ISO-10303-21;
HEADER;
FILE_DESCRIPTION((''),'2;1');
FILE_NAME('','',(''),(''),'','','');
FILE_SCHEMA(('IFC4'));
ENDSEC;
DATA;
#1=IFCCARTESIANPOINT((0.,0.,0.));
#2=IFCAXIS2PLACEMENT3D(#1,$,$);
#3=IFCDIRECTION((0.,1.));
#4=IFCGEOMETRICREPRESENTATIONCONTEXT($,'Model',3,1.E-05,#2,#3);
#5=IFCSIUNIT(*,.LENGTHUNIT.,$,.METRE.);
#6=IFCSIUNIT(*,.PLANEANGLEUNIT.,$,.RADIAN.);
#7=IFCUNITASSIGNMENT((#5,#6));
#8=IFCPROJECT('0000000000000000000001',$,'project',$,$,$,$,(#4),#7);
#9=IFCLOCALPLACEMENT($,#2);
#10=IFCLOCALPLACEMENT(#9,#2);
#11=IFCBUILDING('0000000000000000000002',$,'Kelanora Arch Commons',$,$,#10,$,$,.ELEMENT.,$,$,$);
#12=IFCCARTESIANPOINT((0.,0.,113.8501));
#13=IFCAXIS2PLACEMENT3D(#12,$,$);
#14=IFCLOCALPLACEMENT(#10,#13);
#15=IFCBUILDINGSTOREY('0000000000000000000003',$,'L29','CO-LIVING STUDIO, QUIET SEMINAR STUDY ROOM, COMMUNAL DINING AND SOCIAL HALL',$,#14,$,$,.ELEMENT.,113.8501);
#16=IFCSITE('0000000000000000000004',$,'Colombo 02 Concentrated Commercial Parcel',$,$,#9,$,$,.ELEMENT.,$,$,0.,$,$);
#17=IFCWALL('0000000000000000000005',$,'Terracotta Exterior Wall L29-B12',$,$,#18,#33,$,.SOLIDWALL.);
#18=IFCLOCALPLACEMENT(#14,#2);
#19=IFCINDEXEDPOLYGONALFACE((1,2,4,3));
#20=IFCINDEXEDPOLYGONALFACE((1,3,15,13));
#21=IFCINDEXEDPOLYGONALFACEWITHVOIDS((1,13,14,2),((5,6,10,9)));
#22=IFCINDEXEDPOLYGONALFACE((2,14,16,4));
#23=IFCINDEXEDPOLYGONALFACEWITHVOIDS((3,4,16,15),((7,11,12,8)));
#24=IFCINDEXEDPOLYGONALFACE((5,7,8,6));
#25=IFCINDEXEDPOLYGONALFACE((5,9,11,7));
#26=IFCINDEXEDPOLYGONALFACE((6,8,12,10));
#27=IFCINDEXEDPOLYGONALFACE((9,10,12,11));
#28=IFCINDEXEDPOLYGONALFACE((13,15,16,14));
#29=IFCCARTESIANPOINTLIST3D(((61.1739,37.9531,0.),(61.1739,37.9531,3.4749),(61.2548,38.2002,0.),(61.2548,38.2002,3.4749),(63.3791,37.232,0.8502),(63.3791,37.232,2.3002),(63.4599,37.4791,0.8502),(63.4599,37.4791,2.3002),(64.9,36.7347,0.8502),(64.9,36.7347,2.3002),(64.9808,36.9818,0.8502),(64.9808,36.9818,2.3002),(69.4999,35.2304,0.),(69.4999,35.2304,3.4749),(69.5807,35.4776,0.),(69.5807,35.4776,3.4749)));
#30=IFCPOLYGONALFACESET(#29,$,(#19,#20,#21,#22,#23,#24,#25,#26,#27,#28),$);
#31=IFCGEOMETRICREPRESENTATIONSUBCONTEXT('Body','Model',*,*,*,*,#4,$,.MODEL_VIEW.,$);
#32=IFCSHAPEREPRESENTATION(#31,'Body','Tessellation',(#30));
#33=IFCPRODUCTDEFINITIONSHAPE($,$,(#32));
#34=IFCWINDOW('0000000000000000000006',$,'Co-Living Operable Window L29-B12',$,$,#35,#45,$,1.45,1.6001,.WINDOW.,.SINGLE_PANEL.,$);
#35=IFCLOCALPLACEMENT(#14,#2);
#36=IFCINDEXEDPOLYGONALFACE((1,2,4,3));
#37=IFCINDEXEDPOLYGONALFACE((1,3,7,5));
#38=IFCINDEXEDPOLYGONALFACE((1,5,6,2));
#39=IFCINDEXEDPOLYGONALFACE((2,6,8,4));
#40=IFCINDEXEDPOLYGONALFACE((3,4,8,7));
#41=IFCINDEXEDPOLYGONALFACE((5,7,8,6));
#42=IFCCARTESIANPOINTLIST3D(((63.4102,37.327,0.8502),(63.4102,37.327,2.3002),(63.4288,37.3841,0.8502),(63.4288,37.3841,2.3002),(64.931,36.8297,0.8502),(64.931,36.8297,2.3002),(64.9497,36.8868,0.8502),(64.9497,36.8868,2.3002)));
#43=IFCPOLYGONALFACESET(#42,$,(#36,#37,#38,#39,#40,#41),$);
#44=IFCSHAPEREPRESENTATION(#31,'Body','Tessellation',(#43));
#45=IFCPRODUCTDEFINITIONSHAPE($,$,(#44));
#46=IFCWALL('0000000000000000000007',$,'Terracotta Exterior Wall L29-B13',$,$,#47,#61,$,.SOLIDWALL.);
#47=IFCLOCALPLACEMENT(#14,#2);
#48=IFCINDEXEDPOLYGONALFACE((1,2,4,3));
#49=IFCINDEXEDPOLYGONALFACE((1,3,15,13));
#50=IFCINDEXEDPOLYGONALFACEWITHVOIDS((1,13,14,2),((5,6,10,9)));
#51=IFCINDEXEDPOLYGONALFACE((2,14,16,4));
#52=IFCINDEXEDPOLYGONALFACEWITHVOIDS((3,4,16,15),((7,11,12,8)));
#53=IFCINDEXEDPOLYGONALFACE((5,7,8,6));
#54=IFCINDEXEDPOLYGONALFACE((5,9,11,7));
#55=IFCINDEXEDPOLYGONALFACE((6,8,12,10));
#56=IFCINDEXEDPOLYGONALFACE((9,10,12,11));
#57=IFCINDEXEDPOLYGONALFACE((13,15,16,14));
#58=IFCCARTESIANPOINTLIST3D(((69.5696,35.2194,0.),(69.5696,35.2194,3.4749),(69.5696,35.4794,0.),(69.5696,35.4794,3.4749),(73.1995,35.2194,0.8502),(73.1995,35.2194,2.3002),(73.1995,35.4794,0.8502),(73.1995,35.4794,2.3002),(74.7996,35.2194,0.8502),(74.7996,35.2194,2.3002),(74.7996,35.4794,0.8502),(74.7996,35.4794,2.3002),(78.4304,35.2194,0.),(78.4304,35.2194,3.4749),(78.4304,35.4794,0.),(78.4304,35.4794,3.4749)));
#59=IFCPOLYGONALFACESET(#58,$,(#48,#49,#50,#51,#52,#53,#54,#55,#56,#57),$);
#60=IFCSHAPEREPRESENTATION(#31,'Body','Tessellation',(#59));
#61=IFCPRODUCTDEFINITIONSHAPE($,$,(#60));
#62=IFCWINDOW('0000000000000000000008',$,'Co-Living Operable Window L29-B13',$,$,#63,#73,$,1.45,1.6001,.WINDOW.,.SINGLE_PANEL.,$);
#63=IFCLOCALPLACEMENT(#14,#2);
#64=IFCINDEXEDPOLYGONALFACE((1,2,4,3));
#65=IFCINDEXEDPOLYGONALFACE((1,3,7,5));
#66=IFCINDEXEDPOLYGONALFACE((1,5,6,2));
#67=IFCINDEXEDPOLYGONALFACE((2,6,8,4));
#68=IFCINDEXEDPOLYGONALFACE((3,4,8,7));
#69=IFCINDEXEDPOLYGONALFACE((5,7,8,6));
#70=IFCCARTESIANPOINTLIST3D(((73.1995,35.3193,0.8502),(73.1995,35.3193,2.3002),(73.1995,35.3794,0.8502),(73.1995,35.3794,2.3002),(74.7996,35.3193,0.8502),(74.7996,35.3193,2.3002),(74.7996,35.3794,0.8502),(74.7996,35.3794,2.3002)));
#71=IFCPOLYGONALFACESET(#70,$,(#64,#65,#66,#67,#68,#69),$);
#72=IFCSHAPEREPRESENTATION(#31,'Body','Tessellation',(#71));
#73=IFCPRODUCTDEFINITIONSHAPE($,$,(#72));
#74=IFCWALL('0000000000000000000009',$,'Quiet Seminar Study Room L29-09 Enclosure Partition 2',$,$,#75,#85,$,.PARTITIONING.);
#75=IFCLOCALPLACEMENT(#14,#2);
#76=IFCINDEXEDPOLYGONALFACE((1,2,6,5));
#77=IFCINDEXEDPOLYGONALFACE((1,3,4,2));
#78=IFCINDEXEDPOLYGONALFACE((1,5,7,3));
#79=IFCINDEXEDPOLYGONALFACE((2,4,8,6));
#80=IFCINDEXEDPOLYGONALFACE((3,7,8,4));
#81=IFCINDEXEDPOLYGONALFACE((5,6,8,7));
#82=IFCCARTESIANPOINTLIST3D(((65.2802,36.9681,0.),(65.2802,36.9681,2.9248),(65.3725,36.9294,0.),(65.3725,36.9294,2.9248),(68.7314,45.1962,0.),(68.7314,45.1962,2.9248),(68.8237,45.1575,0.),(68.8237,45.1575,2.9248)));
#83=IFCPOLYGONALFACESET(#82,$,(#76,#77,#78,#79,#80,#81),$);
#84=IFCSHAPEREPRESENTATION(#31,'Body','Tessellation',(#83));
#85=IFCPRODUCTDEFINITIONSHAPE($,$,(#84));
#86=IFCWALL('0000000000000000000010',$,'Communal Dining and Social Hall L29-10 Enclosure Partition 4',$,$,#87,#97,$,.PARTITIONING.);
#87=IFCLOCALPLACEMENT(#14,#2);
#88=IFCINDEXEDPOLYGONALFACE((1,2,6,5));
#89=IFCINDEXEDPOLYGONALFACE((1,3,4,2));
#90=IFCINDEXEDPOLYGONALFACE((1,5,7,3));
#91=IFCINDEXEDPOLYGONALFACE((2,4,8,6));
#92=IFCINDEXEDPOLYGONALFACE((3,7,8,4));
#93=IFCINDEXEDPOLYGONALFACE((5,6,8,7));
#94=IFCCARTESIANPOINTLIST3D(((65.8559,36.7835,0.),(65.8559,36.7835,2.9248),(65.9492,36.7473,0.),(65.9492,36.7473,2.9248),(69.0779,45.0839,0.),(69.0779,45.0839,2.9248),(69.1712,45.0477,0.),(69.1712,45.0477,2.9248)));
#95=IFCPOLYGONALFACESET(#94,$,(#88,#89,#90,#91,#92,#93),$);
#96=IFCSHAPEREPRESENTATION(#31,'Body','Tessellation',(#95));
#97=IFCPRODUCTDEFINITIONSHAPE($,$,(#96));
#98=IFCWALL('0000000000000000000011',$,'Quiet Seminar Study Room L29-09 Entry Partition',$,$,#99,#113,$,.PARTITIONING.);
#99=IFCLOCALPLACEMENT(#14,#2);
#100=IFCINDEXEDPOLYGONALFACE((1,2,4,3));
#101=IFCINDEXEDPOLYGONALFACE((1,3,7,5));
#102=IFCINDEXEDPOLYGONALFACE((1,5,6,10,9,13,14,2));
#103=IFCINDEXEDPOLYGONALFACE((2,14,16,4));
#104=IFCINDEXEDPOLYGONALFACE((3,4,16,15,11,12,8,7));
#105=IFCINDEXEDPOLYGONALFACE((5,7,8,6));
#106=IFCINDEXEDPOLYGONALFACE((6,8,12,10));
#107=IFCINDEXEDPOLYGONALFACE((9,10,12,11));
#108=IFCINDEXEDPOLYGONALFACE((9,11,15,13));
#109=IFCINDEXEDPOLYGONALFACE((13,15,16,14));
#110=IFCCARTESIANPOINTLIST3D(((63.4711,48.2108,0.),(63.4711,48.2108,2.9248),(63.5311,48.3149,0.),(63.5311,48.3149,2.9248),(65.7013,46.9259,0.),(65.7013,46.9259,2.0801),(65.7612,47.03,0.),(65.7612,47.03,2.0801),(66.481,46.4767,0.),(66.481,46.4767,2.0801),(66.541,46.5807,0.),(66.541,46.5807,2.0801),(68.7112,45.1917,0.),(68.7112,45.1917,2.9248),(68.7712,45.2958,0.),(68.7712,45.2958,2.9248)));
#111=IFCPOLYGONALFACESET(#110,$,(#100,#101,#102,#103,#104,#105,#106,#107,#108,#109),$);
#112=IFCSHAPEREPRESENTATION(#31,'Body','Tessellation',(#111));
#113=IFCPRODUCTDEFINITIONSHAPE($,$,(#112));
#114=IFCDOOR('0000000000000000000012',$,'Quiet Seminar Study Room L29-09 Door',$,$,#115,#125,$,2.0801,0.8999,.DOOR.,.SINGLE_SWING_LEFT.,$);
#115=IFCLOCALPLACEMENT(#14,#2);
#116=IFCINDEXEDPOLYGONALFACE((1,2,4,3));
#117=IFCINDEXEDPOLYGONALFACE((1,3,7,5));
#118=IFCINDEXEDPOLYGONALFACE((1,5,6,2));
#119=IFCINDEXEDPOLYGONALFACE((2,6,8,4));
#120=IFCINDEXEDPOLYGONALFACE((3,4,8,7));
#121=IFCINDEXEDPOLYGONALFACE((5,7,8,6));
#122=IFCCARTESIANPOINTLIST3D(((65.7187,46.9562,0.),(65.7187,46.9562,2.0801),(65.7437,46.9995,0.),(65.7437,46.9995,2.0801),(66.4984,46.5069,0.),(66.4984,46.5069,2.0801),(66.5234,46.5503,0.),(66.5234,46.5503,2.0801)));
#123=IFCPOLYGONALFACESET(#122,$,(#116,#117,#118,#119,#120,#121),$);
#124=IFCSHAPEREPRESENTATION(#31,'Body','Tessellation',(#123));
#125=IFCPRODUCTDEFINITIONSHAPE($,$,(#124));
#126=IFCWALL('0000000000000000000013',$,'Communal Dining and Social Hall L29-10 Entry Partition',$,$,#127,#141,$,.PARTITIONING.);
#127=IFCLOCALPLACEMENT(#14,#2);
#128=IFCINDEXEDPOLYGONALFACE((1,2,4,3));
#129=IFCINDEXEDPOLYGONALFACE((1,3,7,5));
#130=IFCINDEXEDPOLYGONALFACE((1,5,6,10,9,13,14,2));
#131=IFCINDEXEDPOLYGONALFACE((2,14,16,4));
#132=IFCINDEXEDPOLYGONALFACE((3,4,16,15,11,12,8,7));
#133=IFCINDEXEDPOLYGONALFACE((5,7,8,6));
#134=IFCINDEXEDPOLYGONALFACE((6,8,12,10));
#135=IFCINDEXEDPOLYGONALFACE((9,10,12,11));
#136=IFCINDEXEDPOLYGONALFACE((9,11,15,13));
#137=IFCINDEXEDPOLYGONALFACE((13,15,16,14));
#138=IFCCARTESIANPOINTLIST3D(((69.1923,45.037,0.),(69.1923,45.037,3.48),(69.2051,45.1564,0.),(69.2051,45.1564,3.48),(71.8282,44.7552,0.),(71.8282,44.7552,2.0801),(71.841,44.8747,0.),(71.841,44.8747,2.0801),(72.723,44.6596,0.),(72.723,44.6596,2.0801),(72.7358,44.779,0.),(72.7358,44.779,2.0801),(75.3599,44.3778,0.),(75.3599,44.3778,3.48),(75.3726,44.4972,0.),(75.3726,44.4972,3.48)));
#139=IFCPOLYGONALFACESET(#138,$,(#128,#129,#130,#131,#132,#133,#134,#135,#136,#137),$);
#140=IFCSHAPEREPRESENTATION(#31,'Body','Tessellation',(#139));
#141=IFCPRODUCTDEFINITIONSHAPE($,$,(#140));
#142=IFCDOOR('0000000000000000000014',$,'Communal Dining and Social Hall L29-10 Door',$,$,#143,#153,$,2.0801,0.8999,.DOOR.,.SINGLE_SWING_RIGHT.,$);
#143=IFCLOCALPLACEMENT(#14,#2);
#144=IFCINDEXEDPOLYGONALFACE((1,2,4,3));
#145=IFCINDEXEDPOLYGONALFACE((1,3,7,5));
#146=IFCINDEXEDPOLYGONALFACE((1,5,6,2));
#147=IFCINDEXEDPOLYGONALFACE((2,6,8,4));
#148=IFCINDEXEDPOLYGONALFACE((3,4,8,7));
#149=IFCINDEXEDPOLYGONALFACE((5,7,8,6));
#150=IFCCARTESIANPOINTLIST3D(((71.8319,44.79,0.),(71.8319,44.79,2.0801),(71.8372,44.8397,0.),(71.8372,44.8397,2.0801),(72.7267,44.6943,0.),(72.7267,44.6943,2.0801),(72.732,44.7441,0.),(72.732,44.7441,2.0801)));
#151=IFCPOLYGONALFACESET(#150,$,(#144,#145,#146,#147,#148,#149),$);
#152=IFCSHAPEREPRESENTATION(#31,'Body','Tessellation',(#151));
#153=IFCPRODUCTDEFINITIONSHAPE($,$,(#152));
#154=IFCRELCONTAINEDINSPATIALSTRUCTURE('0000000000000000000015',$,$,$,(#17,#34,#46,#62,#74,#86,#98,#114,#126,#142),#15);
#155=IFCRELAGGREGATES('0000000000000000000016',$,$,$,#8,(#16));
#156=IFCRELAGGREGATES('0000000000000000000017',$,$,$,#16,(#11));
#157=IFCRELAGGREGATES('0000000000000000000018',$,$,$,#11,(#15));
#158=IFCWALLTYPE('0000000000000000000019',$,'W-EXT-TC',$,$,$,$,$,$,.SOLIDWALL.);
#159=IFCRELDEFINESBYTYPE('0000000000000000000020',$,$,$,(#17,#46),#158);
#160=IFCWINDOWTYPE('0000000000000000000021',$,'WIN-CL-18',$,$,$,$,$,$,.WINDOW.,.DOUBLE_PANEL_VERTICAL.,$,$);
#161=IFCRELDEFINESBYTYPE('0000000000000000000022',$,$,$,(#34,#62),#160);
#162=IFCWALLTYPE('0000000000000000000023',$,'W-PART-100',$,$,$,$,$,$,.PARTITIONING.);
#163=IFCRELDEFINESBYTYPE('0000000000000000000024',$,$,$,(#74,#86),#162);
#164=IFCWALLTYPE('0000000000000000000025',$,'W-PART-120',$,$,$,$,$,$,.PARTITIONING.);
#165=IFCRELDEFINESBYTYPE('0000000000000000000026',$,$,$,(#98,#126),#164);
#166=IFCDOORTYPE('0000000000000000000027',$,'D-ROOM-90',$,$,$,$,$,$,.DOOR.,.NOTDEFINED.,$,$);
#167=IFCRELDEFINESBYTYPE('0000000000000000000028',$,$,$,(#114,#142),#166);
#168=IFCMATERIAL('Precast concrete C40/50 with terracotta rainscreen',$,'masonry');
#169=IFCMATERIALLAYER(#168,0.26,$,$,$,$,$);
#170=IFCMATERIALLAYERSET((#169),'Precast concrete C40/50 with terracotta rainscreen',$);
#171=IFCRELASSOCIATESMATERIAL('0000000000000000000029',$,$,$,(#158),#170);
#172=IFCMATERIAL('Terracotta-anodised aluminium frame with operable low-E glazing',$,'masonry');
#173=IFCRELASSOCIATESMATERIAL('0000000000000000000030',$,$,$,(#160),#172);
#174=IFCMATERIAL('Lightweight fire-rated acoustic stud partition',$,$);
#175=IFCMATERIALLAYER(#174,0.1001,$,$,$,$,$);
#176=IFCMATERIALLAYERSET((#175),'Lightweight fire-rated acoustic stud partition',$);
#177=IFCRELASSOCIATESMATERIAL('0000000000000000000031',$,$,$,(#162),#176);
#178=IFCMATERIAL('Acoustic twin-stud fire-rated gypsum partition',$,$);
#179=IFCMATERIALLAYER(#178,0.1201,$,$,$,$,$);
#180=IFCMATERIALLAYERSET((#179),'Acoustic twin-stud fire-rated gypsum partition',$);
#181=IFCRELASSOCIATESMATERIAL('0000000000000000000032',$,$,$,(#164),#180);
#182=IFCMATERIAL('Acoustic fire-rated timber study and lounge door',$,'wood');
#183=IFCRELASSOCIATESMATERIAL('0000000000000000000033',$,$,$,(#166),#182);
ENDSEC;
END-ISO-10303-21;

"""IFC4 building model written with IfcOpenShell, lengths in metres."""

from ifc_helpers import new_model, si_unit, direction, frame, frame_2d, origin, place, context, subcontext, project, spatial, rectangle, extrude, material, layer, layer_set, type_object, element, fill, save


model = new_model("IFC4")

# Units and contexts
model_context = context("Model", 3, precision=1e-05, world=origin(), true_north=direction((0.0, 1.0)))
body_context = subcontext(model_context, "Body", "Model", "MODEL_VIEW")
ifc_project = project(units=[si_unit("LENGTHUNIT", "METRE"), si_unit("PLANEANGLEUNIT", "RADIAN")], contexts=[model_context])

# Site, building, storey
site_placement = place(None, origin())
site = spatial("IfcSite", under=ifc_project, at=site_placement, Name="Colombo 02 Concentrated Commercial Parcel", CompositionType="ELEMENT", RefElevation=0.0)
building_placement = place(site_placement, origin())
building = spatial("IfcBuilding", under=site, at=building_placement, Name="Kelanora Arch Commons", CompositionType="ELEMENT")
storey_placement = place(building_placement, frame((0.0, 0.0, 113.8501)))
storey = spatial("IfcBuildingStorey", under=building, at=storey_placement, Name="L29", Description="CO-LIVING STUDIO, QUIET SEMINAR STUDY ROOM, COMMUNAL DINING AND SOCIAL HALL", CompositionType="ELEMENT", Elevation=113.8501)

# Walls, openings, windows
ifc_material_1 = material(Name="Precast concrete C40/50 with terracotta rainscreen", Category="masonry")
ifc_layer_1 = layer(ifc_material_1, 0.26)
ifc_layer_set_1 = layer_set([ifc_layer_1], Name="Precast concrete C40/50 with terracotta rainscreen")
wall_type_1 = type_object("IfcWallType", Name="W-EXT-TC", PredefinedType="SOLIDWALL", material=ifc_layer_set_1)
wall_1_placement = place(storey_placement, frame((61.2144, 38.0767, 0.0), z_axis=(0.0, 0.0, 1.0), x_axis=(0.950471, -0.310813, 0.0)))
wall_1 = element("IfcWall", 1, at=wall_1_placement, inside=storey, type_object=wall_type_1, Name="Terracotta Exterior Wall L29-B12", PredefinedType="SOLIDWALL", context=body_context, shape_type="SweptSolid", body=[
    extrude(rectangle(XDim=8.7598, YDim=0.26, at=frame_2d((4.3799, 0.0))), origin(), (0.0, 0.0, 1.0), 3.4749),
])
opening_1_placement = place(wall_1_placement, frame((2.3201, 0.0, 0.8501)))
opening_1 = element("IfcOpeningElement", 2, at=opening_1_placement, cuts=wall_1, PredefinedType="OPENING", context=body_context, shape_type="SweptSolid", body=[
    extrude(rectangle(XDim=1.6001, YDim=1.45, at=frame_2d((0.8, 0.7251))), frame((0.0, 0.1401, 0.0), z_axis=(0.0, -1.0, 0.0), x_axis=(1.0, 0.0, 0.0)), (0.0, 0.0, 1.0), 0.28),
])
ifc_material_2 = material(Name="Terracotta-anodised aluminium frame with operable low-E glazing", Category="masonry")
window_type = type_object("IfcWindowType", Name="WIN-CL-18", PartitioningType="DOUBLE_PANEL_VERTICAL", PredefinedType="WINDOW", material=ifc_material_2)
window_1_placement = place(opening_1_placement, origin())
window_1 = element("IfcWindow", 3, at=window_1_placement, inside=storey, type_object=window_type, Name="Co-Living Operable Window L29-B12", OverallHeight=1.45, OverallWidth=1.6001, PartitioningType="SINGLE_PANEL", PredefinedType="WINDOW", context=body_context, shape_type="SweptSolid", body=[
    extrude(rectangle(XDim=1.6001, YDim=1.45, at=frame_2d((0.8, 0.7251))), frame((0.0, 0.03, 0.0), z_axis=(0.0, -1.0, 0.0), x_axis=(1.0, 0.0, 0.0)), (0.0, 0.0, 1.0), 0.0601),
])
fill(opening_1, window_1)
wall_2_placement = place(storey_placement, frame((69.5696, 35.3494, 0.0), z_axis=(0.0, 0.0, 1.0), x_axis=(1.0, 0.0, 0.0)))
wall_2 = element("IfcWall", 4, at=wall_2_placement, inside=storey, type_object=wall_type_1, Name="Terracotta Exterior Wall L29-B13", PredefinedType="SOLIDWALL", context=body_context, shape_type="SweptSolid", body=[
    extrude(rectangle(XDim=8.8608, YDim=0.26, at=frame_2d((4.4304, 0.0))), origin(), (0.0, 0.0, 1.0), 3.4749),
])
opening_2_placement = place(wall_2_placement, frame((3.6299, 0.0, 0.8501)))
opening_2 = element("IfcOpeningElement", 5, at=opening_2_placement, cuts=wall_2, PredefinedType="OPENING", context=body_context, shape_type="SweptSolid", body=[
    extrude(rectangle(XDim=1.6001, YDim=1.45, at=frame_2d((0.8, 0.7251))), frame((0.0, 0.1401, 0.0), z_axis=(0.0, -1.0, 0.0), x_axis=(1.0, 0.0, 0.0)), (0.0, 0.0, 1.0), 0.28),
])
window_2_placement = place(opening_2_placement, origin())
window_2 = element("IfcWindow", 6, at=window_2_placement, inside=storey, type_object=window_type, Name="Co-Living Operable Window L29-B13", OverallHeight=1.45, OverallWidth=1.6001, PartitioningType="SINGLE_PANEL", PredefinedType="WINDOW", context=body_context, shape_type="SweptSolid", body=[
    extrude(rectangle(XDim=1.6001, YDim=1.45, at=frame_2d((0.8, 0.7251))), frame((0.0, 0.03, 0.0), z_axis=(0.0, -1.0, 0.0), x_axis=(1.0, 0.0, 0.0)), (0.0, 0.0, 1.0), 0.0601),
])
fill(opening_2, window_2)

# Walls
ifc_material_3 = material(Name="Lightweight fire-rated acoustic stud partition")
ifc_layer_2 = layer(ifc_material_3, 0.1001)
ifc_layer_set_2 = layer_set([ifc_layer_2], Name="Lightweight fire-rated acoustic stud partition")
wall_type_2 = type_object("IfcWallType", Name="W-PART-100", PredefinedType="PARTITIONING", material=ifc_layer_set_2)
wall_3_placement = place(storey_placement, frame((68.7776, 45.177, 0.0), z_axis=(0.0, 0.0, 1.0), x_axis=(-0.386794, -0.922166, 0.0)))
element("IfcWall", 7, at=wall_3_placement, inside=storey, type_object=wall_type_2, Name="Quiet Seminar Study Room L29-09 Enclosure Partition 2", PredefinedType="PARTITIONING", context=body_context, shape_type="SweptSolid", body=[
    extrude(rectangle(XDim=8.9226, YDim=0.1001, at=frame_2d((4.4614, 0.0))), origin(), (0.0, 0.0, 1.0), 2.9248),
])
wall_4_placement = place(storey_placement, frame((65.9026, 36.7654, 0.0), z_axis=(0.0, 0.0, 1.0), x_axis=(0.361864, 0.932231, 0.0)))
element("IfcWall", 8, at=wall_4_placement, inside=storey, type_object=wall_type_2, Name="Communal Dining and Social Hall L29-10 Enclosure Partition 4", PredefinedType="PARTITIONING", context=body_context, shape_type="SweptSolid", body=[
    extrude(rectangle(XDim=8.9038, YDim=0.1001, at=frame_2d((4.4519, 0.0))), origin(), (0.0, 0.0, 1.0), 2.9248),
])

# Walls, openings, doors
ifc_material_4 = material(Name="Acoustic twin-stud fire-rated gypsum partition")
ifc_layer_3 = layer(ifc_material_4, 0.1201)
ifc_layer_set_3 = layer_set([ifc_layer_3], Name="Acoustic twin-stud fire-rated gypsum partition")
wall_type_3 = type_object("IfcWallType", Name="W-PART-120", PredefinedType="PARTITIONING", material=ifc_layer_set_3)
wall_5_placement = place(storey_placement, frame((63.501, 48.2629, 0.0), z_axis=(0.0, 0.0, 1.0), x_axis=(0.866474, -0.499223, 0.0)))
wall_5 = element("IfcWall", 9, at=wall_5_placement, inside=storey, type_object=wall_type_3, Name="Quiet Seminar Study Room L29-09 Entry Partition", PredefinedType="PARTITIONING", context=body_context, shape_type="SweptSolid", body=[
    extrude(rectangle(XDim=6.0476, YDim=0.1201, at=frame_2d((3.0239, 0.0))), origin(), (0.0, 0.0, 1.0), 2.9248),
])
opening_3_placement = place(wall_5_placement, frame((2.574, 0.0, 0.0)))
opening_3 = element("IfcOpeningElement", 10, at=opening_3_placement, cuts=wall_5, PredefinedType="OPENING", context=body_context, shape_type="SweptSolid", body=[
    extrude(rectangle(XDim=0.8999, YDim=2.0801, at=frame_2d((0.45, 1.04))), frame((0.0, 0.0701, 0.0), z_axis=(0.0, -1.0, 0.0), x_axis=(1.0, 0.0, 0.0)), (0.0, 0.0, 1.0), 0.1401),
])
ifc_material_5 = material(Name="Acoustic fire-rated timber study and lounge door", Category="wood")
door_type_1 = type_object("IfcDoorType", Name="D-ROOM-90", OperationType="NOTDEFINED", PredefinedType="DOOR", material=ifc_material_5)
door_1_placement = place(opening_3_placement, origin())
door_1 = element("IfcDoor", 11, at=door_1_placement, inside=storey, type_object=door_type_1, Name="Quiet Seminar Study Room L29-09 Door", OperationType="SINGLE_SWING_LEFT", OverallHeight=2.0801, OverallWidth=0.8999, PredefinedType="DOOR", context=body_context, shape_type="SweptSolid", body=[
    extrude(rectangle(XDim=0.8999, YDim=2.0801, at=frame_2d((0.45, 1.04))), frame((0.0, 0.0249, 0.0), z_axis=(0.0, -1.0, 0.0), x_axis=(1.0, 0.0, 0.0)), (0.0, 0.0, 1.0), 0.05),
])
fill(opening_3, door_1)
wall_6_placement = place(storey_placement, frame((69.1987, 45.0967, 0.0), z_axis=(0.0, 0.0, 1.0), x_axis=(0.994337, -0.106275, 0.0)))
wall_6 = element("IfcWall", 12, at=wall_6_placement, inside=storey, type_object=wall_type_3, Name="Communal Dining and Social Hall L29-10 Entry Partition", PredefinedType="PARTITIONING", context=body_context, shape_type="SweptSolid", body=[
    extrude(rectangle(XDim=6.2026, YDim=0.1201, at=frame_2d((3.1013, 0.0))), origin(), (0.0, 0.0, 1.0), 3.48),
])
opening_4_placement = place(wall_6_placement, frame((2.6509, 0.0, 0.0)))
opening_4 = element("IfcOpeningElement", 13, at=opening_4_placement, cuts=wall_6, PredefinedType="OPENING", context=body_context, shape_type="SweptSolid", body=[
    extrude(rectangle(XDim=0.8999, YDim=2.0801, at=frame_2d((0.45, 1.04))), frame((0.0, 0.0701, 0.0), z_axis=(0.0, -1.0, 0.0), x_axis=(1.0, 0.0, 0.0)), (0.0, 0.0, 1.0), 0.1401),
])
door_2_placement = place(opening_4_placement, origin())
door_2 = element("IfcDoor", 14, at=door_2_placement, inside=storey, type_object=door_type_1, Name="Communal Dining and Social Hall L29-10 Door", OperationType="SINGLE_SWING_RIGHT", OverallHeight=2.0801, OverallWidth=0.8999, PredefinedType="DOOR", context=body_context, shape_type="SweptSolid", body=[
    extrude(rectangle(XDim=0.8999, YDim=2.0801, at=frame_2d((0.45, 1.04))), frame((0.0, 0.0249, 0.0), z_axis=(0.0, -1.0, 0.0), x_axis=(1.0, 0.0, 0.0)), (0.0, 0.0, 1.0), 0.05),
])
fill(opening_4, door_2)

save(model, "model.ifc")
